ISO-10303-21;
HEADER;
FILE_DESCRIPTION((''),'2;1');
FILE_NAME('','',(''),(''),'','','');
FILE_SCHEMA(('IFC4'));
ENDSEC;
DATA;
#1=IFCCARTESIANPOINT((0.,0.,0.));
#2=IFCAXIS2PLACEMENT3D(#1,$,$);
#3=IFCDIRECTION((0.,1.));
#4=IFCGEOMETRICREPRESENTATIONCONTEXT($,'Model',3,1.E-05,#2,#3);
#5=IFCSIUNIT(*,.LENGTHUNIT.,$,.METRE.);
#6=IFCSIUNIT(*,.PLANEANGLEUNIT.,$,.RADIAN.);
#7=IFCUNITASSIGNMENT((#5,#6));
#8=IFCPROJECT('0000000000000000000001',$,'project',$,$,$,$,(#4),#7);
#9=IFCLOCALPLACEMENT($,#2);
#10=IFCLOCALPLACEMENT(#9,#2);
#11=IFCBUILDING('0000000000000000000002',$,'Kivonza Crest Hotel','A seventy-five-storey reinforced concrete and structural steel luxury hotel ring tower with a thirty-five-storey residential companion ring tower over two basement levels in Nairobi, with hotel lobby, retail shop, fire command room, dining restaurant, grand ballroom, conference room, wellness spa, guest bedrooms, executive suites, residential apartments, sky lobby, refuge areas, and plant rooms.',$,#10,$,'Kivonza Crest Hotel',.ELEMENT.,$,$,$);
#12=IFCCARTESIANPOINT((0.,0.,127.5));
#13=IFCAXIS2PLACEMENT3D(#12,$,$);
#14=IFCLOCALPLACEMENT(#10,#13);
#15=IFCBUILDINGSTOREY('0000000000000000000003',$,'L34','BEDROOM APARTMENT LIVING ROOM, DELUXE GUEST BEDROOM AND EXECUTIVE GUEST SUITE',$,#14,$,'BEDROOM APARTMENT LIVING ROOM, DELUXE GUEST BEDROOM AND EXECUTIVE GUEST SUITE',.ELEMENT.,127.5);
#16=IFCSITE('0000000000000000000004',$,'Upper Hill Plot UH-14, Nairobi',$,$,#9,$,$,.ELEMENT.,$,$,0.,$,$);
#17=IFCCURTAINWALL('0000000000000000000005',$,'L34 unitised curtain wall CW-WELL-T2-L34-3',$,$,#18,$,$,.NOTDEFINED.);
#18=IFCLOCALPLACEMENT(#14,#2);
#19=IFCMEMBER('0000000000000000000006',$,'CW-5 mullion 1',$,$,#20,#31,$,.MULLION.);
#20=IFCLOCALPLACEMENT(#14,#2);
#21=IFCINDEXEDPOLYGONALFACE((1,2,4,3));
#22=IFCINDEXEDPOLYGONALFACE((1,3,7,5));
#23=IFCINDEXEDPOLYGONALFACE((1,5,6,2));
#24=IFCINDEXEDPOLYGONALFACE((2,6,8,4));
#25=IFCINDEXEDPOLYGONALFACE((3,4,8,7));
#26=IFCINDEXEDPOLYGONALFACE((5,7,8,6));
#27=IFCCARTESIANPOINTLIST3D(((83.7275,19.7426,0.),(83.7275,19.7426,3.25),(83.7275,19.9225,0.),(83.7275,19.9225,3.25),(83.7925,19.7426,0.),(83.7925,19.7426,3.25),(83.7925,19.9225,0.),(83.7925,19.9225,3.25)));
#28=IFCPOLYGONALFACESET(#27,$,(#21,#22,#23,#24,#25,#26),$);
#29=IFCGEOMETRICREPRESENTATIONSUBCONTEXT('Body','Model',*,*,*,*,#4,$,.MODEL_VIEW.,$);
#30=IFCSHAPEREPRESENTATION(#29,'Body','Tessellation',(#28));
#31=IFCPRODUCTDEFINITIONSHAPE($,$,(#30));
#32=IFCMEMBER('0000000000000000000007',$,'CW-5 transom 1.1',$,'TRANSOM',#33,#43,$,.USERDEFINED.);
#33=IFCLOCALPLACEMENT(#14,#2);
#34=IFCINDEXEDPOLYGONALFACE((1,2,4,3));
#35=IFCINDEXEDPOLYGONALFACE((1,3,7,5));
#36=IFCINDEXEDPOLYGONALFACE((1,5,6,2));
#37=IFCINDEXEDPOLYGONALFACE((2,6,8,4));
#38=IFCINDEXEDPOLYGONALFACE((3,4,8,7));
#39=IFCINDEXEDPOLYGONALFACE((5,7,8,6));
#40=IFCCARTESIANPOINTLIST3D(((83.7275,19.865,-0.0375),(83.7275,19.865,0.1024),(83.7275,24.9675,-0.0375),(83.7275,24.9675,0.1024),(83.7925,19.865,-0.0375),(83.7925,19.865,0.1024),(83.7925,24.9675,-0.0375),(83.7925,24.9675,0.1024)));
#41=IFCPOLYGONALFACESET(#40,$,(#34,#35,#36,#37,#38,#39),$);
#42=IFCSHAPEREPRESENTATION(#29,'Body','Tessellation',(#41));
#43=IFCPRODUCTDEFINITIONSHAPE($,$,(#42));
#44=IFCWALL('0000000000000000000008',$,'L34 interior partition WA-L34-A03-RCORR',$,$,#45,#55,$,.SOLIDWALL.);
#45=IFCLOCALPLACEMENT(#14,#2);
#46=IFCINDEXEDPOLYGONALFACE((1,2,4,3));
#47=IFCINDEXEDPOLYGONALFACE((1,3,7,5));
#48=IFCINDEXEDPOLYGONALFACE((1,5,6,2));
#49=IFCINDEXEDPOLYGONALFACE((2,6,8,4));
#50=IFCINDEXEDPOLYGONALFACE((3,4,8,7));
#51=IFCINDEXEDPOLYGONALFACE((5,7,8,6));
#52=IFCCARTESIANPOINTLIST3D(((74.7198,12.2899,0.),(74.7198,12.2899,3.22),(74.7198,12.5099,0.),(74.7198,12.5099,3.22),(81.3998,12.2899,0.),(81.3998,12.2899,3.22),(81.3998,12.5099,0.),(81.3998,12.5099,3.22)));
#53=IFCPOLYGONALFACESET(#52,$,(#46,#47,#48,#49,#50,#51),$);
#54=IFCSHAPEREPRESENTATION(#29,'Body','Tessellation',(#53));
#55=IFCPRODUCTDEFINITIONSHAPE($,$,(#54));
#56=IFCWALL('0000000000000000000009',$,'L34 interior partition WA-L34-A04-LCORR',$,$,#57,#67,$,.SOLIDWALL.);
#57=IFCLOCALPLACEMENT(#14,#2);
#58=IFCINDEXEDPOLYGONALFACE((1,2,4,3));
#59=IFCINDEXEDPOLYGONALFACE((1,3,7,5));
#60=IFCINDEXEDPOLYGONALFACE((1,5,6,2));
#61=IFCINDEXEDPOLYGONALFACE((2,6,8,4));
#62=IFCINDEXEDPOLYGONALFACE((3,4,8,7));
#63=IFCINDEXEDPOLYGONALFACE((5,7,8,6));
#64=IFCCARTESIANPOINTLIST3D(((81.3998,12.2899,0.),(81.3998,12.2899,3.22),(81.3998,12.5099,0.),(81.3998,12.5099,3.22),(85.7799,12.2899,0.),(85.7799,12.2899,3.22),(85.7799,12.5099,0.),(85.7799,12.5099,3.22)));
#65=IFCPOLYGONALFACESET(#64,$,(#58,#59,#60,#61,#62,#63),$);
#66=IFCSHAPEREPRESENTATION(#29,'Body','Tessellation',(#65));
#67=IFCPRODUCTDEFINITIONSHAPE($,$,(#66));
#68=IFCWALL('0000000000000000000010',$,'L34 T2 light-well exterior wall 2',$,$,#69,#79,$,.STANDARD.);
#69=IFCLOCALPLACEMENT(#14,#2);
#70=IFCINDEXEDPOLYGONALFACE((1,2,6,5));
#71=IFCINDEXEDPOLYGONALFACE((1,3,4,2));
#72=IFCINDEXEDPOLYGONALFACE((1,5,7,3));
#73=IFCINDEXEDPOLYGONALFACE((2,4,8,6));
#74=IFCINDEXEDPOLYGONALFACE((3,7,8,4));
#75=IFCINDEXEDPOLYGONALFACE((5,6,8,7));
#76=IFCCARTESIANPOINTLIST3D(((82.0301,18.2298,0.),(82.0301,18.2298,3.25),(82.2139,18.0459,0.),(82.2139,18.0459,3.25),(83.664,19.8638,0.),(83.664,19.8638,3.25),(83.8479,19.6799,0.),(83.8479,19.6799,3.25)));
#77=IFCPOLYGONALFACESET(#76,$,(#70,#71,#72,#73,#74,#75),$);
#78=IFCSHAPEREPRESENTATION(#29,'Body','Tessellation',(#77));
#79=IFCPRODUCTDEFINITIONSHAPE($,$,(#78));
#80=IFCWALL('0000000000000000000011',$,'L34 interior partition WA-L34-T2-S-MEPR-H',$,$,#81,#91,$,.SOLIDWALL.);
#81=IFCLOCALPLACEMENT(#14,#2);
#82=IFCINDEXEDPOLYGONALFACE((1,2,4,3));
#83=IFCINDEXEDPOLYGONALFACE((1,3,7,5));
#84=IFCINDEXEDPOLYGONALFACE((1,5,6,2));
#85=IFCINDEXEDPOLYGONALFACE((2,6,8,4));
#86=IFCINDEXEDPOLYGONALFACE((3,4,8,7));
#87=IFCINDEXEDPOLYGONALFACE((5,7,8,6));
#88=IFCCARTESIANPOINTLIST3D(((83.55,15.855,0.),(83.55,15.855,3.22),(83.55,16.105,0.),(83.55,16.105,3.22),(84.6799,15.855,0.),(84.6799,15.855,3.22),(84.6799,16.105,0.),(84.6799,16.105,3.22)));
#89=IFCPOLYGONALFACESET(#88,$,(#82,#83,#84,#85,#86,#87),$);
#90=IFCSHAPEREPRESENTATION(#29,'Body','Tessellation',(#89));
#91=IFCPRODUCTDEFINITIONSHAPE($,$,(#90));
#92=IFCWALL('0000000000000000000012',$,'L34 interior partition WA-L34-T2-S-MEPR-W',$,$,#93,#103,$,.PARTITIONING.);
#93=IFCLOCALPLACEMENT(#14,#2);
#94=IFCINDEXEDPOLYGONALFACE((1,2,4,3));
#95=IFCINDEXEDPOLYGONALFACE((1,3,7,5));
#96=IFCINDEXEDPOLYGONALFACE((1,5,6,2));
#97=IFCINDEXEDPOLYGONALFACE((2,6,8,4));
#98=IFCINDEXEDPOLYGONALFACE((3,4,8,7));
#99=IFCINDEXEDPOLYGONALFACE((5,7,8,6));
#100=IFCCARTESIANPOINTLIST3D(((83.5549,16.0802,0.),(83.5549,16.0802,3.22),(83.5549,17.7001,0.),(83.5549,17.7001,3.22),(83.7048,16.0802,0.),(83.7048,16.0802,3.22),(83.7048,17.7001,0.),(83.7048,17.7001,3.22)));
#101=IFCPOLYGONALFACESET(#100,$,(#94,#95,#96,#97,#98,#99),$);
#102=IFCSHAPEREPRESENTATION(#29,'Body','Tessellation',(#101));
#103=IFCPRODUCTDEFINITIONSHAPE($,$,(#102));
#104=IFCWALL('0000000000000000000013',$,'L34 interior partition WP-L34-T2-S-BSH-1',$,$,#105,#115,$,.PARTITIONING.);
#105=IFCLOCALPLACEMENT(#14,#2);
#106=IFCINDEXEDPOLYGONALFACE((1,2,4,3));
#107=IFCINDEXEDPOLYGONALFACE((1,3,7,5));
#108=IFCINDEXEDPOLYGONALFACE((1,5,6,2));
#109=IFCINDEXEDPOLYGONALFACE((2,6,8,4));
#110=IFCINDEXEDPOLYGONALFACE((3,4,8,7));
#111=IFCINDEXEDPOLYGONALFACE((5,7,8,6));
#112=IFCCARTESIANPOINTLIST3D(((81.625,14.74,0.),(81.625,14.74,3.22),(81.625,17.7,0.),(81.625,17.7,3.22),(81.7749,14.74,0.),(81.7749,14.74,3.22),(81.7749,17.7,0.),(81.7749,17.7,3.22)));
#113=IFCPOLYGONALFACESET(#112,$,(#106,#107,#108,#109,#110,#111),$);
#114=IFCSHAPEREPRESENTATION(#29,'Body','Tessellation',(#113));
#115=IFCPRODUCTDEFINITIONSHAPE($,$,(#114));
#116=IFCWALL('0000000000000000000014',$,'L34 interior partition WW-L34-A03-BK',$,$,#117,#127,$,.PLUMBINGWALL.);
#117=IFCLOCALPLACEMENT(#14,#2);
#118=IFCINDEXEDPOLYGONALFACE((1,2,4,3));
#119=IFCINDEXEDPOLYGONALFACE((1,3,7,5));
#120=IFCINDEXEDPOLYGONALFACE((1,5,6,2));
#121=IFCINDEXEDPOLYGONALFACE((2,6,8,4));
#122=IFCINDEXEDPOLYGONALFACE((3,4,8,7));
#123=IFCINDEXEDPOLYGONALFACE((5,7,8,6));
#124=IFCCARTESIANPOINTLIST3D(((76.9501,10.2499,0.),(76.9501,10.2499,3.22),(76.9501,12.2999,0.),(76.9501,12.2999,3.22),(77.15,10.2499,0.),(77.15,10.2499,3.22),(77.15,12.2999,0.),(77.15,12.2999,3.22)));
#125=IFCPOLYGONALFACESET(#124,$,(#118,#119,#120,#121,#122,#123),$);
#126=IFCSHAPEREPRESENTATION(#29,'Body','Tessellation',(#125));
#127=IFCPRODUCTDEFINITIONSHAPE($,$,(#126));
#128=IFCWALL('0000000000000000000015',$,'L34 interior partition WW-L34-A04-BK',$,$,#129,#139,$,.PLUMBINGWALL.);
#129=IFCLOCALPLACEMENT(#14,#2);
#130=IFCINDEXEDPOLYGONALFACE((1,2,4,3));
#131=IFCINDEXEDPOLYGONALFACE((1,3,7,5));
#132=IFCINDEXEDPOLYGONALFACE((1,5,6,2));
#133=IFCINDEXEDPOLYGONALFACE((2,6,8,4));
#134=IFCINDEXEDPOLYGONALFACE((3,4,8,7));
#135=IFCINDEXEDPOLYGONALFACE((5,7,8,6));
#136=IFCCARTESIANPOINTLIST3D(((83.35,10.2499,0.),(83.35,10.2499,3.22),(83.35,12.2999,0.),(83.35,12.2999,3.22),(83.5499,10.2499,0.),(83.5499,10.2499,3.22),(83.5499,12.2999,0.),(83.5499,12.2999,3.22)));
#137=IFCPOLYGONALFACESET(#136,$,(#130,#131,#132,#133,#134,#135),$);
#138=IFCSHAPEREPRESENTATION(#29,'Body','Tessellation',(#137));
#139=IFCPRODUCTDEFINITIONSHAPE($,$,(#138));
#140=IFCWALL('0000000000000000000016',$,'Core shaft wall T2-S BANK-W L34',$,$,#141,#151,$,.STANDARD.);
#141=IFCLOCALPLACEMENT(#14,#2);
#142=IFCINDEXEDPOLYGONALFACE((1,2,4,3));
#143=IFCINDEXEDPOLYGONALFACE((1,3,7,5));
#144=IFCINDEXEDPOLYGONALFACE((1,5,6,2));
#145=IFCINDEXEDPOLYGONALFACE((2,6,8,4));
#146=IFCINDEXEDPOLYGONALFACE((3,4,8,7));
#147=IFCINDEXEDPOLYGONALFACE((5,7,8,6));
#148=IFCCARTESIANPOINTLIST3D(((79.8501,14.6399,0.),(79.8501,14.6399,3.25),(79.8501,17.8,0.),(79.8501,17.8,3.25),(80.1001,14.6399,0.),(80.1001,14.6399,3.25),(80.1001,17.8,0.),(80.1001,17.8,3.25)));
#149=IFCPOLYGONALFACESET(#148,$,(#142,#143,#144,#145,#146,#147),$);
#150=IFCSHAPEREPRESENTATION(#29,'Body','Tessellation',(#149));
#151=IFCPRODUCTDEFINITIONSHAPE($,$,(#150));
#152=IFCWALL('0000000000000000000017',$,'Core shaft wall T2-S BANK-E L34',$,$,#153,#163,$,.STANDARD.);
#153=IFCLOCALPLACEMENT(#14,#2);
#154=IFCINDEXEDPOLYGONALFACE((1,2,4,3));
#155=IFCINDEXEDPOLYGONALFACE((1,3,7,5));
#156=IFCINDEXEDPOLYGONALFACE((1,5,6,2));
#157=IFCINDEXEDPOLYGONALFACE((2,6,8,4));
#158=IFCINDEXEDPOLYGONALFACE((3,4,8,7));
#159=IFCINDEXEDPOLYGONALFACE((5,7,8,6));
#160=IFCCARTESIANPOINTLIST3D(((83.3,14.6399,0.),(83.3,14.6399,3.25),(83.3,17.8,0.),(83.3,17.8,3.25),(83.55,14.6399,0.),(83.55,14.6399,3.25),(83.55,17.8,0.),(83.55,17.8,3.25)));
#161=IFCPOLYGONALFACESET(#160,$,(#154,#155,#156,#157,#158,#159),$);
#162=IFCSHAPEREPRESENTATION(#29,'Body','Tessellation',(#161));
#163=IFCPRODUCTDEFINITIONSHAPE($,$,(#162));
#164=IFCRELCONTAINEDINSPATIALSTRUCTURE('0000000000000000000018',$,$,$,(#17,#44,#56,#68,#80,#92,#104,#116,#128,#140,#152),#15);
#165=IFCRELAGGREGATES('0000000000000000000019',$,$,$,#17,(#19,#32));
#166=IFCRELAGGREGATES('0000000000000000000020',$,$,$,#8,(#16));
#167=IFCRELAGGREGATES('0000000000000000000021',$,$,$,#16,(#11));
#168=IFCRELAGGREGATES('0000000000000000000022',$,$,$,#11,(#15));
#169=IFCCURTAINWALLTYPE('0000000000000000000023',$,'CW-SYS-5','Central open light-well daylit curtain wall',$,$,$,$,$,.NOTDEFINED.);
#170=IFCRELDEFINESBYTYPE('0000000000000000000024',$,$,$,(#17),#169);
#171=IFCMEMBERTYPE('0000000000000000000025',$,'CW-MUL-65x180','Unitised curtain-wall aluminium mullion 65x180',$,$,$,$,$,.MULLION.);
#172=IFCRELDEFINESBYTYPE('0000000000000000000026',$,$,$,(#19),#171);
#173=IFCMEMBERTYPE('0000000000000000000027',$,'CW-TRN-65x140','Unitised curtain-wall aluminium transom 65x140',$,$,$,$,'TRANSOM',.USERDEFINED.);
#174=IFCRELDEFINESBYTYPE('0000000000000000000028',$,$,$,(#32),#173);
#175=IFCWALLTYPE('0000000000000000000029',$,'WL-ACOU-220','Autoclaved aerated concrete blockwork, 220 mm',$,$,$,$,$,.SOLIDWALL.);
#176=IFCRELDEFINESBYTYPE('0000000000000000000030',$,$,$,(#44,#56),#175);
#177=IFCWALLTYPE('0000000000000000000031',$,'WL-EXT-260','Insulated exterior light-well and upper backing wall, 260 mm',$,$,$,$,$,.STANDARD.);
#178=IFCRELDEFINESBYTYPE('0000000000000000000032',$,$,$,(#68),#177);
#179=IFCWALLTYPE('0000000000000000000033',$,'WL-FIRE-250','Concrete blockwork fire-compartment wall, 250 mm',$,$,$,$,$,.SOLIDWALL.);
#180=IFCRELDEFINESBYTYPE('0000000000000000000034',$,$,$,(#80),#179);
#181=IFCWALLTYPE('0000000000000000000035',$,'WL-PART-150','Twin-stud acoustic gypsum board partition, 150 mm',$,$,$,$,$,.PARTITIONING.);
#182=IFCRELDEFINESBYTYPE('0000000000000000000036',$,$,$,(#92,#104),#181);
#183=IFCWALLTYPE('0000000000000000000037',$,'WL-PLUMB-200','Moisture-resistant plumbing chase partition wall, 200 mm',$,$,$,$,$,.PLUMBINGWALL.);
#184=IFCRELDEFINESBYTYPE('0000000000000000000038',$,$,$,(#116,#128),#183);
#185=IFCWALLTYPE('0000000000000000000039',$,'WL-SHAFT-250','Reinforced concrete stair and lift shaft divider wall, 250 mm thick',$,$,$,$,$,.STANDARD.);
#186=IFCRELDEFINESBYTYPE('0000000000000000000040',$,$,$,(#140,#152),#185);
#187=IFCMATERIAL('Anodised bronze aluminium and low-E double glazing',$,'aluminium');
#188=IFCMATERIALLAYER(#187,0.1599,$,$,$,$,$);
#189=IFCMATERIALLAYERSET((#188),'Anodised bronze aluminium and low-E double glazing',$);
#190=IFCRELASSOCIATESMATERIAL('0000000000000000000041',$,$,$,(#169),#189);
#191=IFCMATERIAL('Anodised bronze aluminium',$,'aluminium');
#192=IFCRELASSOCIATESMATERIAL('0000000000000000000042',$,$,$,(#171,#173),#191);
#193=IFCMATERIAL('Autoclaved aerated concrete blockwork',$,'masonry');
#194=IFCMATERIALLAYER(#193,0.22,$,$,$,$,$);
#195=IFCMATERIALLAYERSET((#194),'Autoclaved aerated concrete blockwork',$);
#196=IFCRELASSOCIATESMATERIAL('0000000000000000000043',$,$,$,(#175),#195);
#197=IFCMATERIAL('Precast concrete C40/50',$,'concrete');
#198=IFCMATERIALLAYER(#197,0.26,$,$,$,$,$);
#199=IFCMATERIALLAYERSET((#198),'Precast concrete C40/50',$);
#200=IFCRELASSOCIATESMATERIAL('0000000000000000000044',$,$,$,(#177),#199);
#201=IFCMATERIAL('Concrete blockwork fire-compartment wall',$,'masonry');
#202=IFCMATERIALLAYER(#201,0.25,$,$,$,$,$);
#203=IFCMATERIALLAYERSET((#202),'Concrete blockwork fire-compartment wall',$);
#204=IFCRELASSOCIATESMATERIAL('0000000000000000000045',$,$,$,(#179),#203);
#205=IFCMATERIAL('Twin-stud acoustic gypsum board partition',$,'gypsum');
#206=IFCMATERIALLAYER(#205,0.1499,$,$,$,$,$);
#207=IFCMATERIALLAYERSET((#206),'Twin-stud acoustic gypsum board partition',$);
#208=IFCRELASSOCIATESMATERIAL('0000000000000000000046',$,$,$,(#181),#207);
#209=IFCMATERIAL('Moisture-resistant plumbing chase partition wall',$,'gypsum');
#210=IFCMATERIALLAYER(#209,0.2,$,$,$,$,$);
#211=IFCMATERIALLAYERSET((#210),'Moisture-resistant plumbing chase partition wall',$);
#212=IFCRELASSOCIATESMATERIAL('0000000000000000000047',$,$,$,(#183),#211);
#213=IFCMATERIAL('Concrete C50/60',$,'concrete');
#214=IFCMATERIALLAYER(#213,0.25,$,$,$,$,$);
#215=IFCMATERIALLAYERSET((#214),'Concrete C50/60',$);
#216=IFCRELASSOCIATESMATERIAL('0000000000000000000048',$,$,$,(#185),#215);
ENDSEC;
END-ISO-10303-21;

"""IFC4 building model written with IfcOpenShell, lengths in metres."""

from ifc_helpers import new_model, si_unit, direction, frame, frame_2d, origin, origin_2d, place, context, subcontext, project, spatial, rectangle, extrude, material, layer, layer_set, material_profile, profile_set, type_object, element, aggregate, save


model = new_model("IFC4")

# Units and contexts
model_context = context("Model", 3, precision=1e-05, world=origin(), true_north=direction((0.0, 1.0)))
body_context = subcontext(model_context, "Body", "Model", "MODEL_VIEW")
ifc_project = project(units=[si_unit("LENGTHUNIT", "METRE"), si_unit("PLANEANGLEUNIT", "RADIAN")], contexts=[model_context])

# Site, building, storey
site_placement = place(None, origin())
site = spatial("IfcSite", under=ifc_project, at=site_placement, Name="Upper Hill Plot UH-14, Nairobi", CompositionType="ELEMENT", RefElevation=0.0)
building_placement = place(site_placement, origin())
building = spatial("IfcBuilding", under=site, at=building_placement, Name="Kivonza Crest Hotel", Description="A seventy-five-storey reinforced concrete and structural steel luxury hotel ring tower with a thirty-five-storey residential companion ring tower over two basement levels in Nairobi, with hotel lobby, retail shop, fire command room, dining restaurant, grand ballroom, conference room, wellness spa, guest bedrooms, executive suites, residential apartments, sky lobby, refuge areas, and plant rooms.", LongName="Kivonza Crest Hotel", CompositionType="ELEMENT")
storey_placement = place(building_placement, frame((0.0, 0.0, 127.5)))
storey = spatial("IfcBuildingStorey", under=building, at=storey_placement, Name="L34", Description="BEDROOM APARTMENT LIVING ROOM, DELUXE GUEST BEDROOM AND EXECUTIVE GUEST SUITE", LongName="BEDROOM APARTMENT LIVING ROOM, DELUXE GUEST BEDROOM AND EXECUTIVE GUEST SUITE", CompositionType="ELEMENT", Elevation=127.5)

# Curtain wall, members
ifc_material_1 = material(Name="Anodised bronze aluminium and low-E double glazing", Category="aluminium")
ifc_layer_1 = layer(ifc_material_1, 0.1599)
ifc_layer_set_1 = layer_set([ifc_layer_1], Name="Anodised bronze aluminium and low-E double glazing")
curtain_wall_type = type_object("IfcCurtainWallType", Name="CW-SYS-5", Description="Central open light-well daylit curtain wall", PredefinedType="NOTDEFINED", material=ifc_layer_set_1)
curtain_wall_placement = place(storey_placement, origin())
curtain_wall = element("IfcCurtainWall", 1, at=curtain_wall_placement, inside=storey, type_object=curtain_wall_type, Name="L34 unitised curtain wall CW-WELL-T2-L34-3", PredefinedType="NOTDEFINED")
ifc_material_2 = material(Name="Anodised bronze aluminium", Category="aluminium")
ifc_material_profile_1 = material_profile(ifc_material_2, rectangle(XDim=0.0649, YDim=0.1799, at=origin_2d()), Name="CW-M 65x180")
ifc_profile_set_1 = profile_set([ifc_material_profile_1], Name="Anodised bronze aluminium")
member_type_1 = type_object("IfcMemberType", Name="CW-MUL-65x180", Description="Unitised curtain-wall aluminium mullion 65x180", PredefinedType="MULLION", material=ifc_profile_set_1)
member_1_placement = place(storey_placement, frame((83.76, 19.8325, 0.0), z_axis=(0.0, 0.0, 1.0), x_axis=(-1.0, 0.0, 0.0)))
member_1 = element("IfcMember", 2, at=member_1_placement, type_object=member_type_1, Name="CW-5 mullion 1", PredefinedType="MULLION", context=body_context, shape_type="SweptSolid", body=[
    extrude(rectangle(XDim=0.0649, YDim=0.1799, at=origin_2d()), origin(), (0.0, 0.0, 1.0), 3.25),
])
ifc_material_profile_2 = material_profile(ifc_material_2, rectangle(XDim=0.0649, YDim=0.1399, at=origin_2d()), Name="CW-T 65x140")
ifc_profile_set_2 = profile_set([ifc_material_profile_2], Name="Anodised bronze aluminium")
member_type_2 = type_object("IfcMemberType", Name="CW-TRN-65x140", Description="Unitised curtain-wall aluminium transom 65x140", ElementType="TRANSOM", PredefinedType="USERDEFINED", material=ifc_profile_set_2)
member_2_placement = place(storey_placement, frame((83.76, 19.865, 0.0325), z_axis=(0.0, 1.0, 0.0), x_axis=(-1.0, 0.0, 0.0)))
member_2 = element("IfcMember", 3, at=member_2_placement, type_object=member_type_2, Name="CW-5 transom 1.1", ObjectType="TRANSOM", PredefinedType="USERDEFINED", context=body_context, shape_type="SweptSolid", body=[
    extrude(rectangle(XDim=0.0649, YDim=0.1399, at=origin_2d()), origin(), (0.0, 0.0, 1.0), 5.1025),
])
aggregate(curtain_wall, [member_1, member_2])

# Walls
ifc_material_3 = material(Name="Autoclaved aerated concrete blockwork", Category="masonry")
ifc_layer_2 = layer(ifc_material_3, 0.22)
ifc_layer_set_2 = layer_set([ifc_layer_2], Name="Autoclaved aerated concrete blockwork")
wall_type_1 = type_object("IfcWallType", Name="WL-ACOU-220", Description="Autoclaved aerated concrete blockwork, 220 mm", PredefinedType="SOLIDWALL", material=ifc_layer_set_2)
wall_1_placement = place(storey_placement, frame((74.72, 12.3999, 0.0), z_axis=(0.0, 0.0, 1.0), x_axis=(1.0, 0.0, 0.0)))
element("IfcWall", 4, at=wall_1_placement, inside=storey, type_object=wall_type_1, Name="L34 interior partition WA-L34-A03-RCORR", PredefinedType="SOLIDWALL", context=body_context, shape_type="SweptSolid", body=[
    extrude(rectangle(XDim=6.6799, YDim=0.22, at=frame_2d((3.3398, 0.0))), origin(), (0.0, 0.0, 1.0), 3.22),
])
wall_2_placement = place(storey_placement, frame((81.3999, 12.3999, 0.0), z_axis=(0.0, 0.0, 1.0), x_axis=(1.0, 0.0, 0.0)))
element("IfcWall", 5, at=wall_2_placement, inside=storey, type_object=wall_type_1, Name="L34 interior partition WA-L34-A04-LCORR", PredefinedType="SOLIDWALL", context=body_context, shape_type="SweptSolid", body=[
    extrude(rectangle(XDim=4.3801, YDim=0.22, at=frame_2d((2.1899, 0.0))), origin(), (0.0, 0.0, 1.0), 3.22),
])
ifc_material_4 = material(Name="Precast concrete C40/50", Category="concrete")
ifc_layer_3 = layer(ifc_material_4, 0.26)
ifc_layer_set_3 = layer_set([ifc_layer_3], Name="Precast concrete C40/50")
wall_type_2 = type_object("IfcWallType", Name="WL-EXT-260", Description="Insulated exterior light-well and upper backing wall, 260 mm", PredefinedType="STANDARD", material=ifc_layer_set_3)
wall_3_placement = place(storey_placement, frame((82.1221, 18.1379, 0.0), z_axis=(0.0, 0.0, 1.0), x_axis=(0.707107, 0.707107, 0.0)))
element("IfcWall", 6, at=wall_3_placement, inside=storey, type_object=wall_type_2, Name="L34 T2 light-well exterior wall 2", PredefinedType="STANDARD", context=body_context, shape_type="SweptSolid", body=[
    extrude(rectangle(XDim=2.3108, YDim=0.26, at=frame_2d((1.1553, 0.0))), origin(), (0.0, 0.0, 1.0), 3.25),
])
ifc_material_5 = material(Name="Concrete blockwork fire-compartment wall", Category="masonry")
ifc_layer_4 = layer(ifc_material_5, 0.25)
ifc_layer_set_4 = layer_set([ifc_layer_4], Name="Concrete blockwork fire-compartment wall")
wall_type_3 = type_object("IfcWallType", Name="WL-FIRE-250", Description="Concrete blockwork fire-compartment wall, 250 mm", PredefinedType="SOLIDWALL", material=ifc_layer_set_4)
wall_4_placement = place(storey_placement, frame((83.55, 15.98, 0.0), z_axis=(0.0, 0.0, 1.0), x_axis=(1.0, 0.0, 0.0)))
element("IfcWall", 7, at=wall_4_placement, inside=storey, type_object=wall_type_3, Name="L34 interior partition WA-L34-T2-S-MEPR-H", PredefinedType="SOLIDWALL", context=body_context, shape_type="SweptSolid", body=[
    extrude(rectangle(XDim=1.1299, YDim=0.25, at=frame_2d((0.5649, 0.0))), origin(), (0.0, 0.0, 1.0), 3.22),
])
ifc_material_6 = material(Name="Twin-stud acoustic gypsum board partition", Category="gypsum")
ifc_layer_5 = layer(ifc_material_6, 0.1499)
ifc_layer_set_5 = layer_set([ifc_layer_5], Name="Twin-stud acoustic gypsum board partition")
wall_type_4 = type_object("IfcWallType", Name="WL-PART-150", Description="Twin-stud acoustic gypsum board partition, 150 mm", PredefinedType="PARTITIONING", material=ifc_layer_set_5)
wall_5_placement = place(storey_placement, frame((83.6299, 16.0801, 0.0), z_axis=(0.0, 0.0, 1.0), x_axis=(0.0, 1.0, 0.0)))
element("IfcWall", 8, at=wall_5_placement, inside=storey, type_object=wall_type_4, Name="L34 interior partition WA-L34-T2-S-MEPR-W", PredefinedType="PARTITIONING", context=body_context, shape_type="SweptSolid", body=[
    extrude(rectangle(XDim=1.6199, YDim=0.1499, at=frame_2d((0.8101, 0.0))), origin(), (0.0, 0.0, 1.0), 3.22),
])
wall_6_placement = place(storey_placement, frame((81.7, 14.74, 0.0), z_axis=(0.0, 0.0, 1.0), x_axis=(0.0, 1.0, 0.0)))
element("IfcWall", 9, at=wall_6_placement, inside=storey, type_object=wall_type_4, Name="L34 interior partition WP-L34-T2-S-BSH-1", PredefinedType="PARTITIONING", context=body_context, shape_type="SweptSolid", body=[
    extrude(rectangle(XDim=2.96, YDim=0.1499, at=frame_2d((1.48, 0.0))), origin(), (0.0, 0.0, 1.0), 3.22),
])
ifc_material_7 = material(Name="Moisture-resistant plumbing chase partition wall", Category="gypsum")
ifc_layer_6 = layer(ifc_material_7, 0.2)
ifc_layer_set_6 = layer_set([ifc_layer_6], Name="Moisture-resistant plumbing chase partition wall")
wall_type_5 = type_object("IfcWallType", Name="WL-PLUMB-200", Description="Moisture-resistant plumbing chase partition wall, 200 mm", PredefinedType="PLUMBINGWALL", material=ifc_layer_set_6)
for number, where, z_axis, x_axis, name in (
    (10, (77.05, 10.25, 0.0), (0.0, 0.0, 1.0), (0.0, 1.0, 0.0), "L34 interior partition WW-L34-A03-BK"),
    (11, (83.45, 10.25, 0.0), (0.0, 0.0, 1.0), (0.0, 1.0, 0.0), "L34 interior partition WW-L34-A04-BK"),
):
    element("IfcWall", number, at=place(storey_placement, frame(where, z_axis=z_axis, x_axis=x_axis)), inside=storey, type_object=wall_type_5, Name=name, PredefinedType="PLUMBINGWALL", context=body_context, shape_type="SweptSolid", body=[
        extrude(rectangle(XDim=2.05, YDim=0.2, at=frame_2d((1.0249, 0.0))), origin(), (0.0, 0.0, 1.0), 3.22),
    ])

# Shared definitions
ifc_material_8 = material(Name="Concrete C50/60", Category="concrete")
ifc_layer_7 = layer(ifc_material_8, 0.25)
ifc_layer_set_7 = layer_set([ifc_layer_7], Name="Concrete C50/60")
wall_type_6 = type_object("IfcWallType", Name="WL-SHAFT-250", Description="Reinforced concrete stair and lift shaft divider wall, 250 mm thick", PredefinedType="STANDARD", material=ifc_layer_set_7)

# Walls
for number, where, z_axis, x_axis, name in (
    (12, (79.9751, 14.6399, 0.0), (0.0, 0.0, 1.0), (0.0, 1.0, 0.0), "Core shaft wall T2-S BANK-W L34"),
    (13, (83.425, 14.6399, 0.0), (0.0, 0.0, 1.0), (0.0, 1.0, 0.0), "Core shaft wall T2-S BANK-E L34"),
):
    element("IfcWall", number, at=place(storey_placement, frame(where, z_axis=z_axis, x_axis=x_axis)), inside=storey, type_object=wall_type_6, Name=name, PredefinedType="STANDARD", context=body_context, shape_type="SweptSolid", body=[
        extrude(rectangle(XDim=3.1602, YDim=0.25, at=frame_2d((1.5801, 0.0))), origin(), (0.0, 0.0, 1.0), 3.25),
    ])

save(model, "model.ifc")
